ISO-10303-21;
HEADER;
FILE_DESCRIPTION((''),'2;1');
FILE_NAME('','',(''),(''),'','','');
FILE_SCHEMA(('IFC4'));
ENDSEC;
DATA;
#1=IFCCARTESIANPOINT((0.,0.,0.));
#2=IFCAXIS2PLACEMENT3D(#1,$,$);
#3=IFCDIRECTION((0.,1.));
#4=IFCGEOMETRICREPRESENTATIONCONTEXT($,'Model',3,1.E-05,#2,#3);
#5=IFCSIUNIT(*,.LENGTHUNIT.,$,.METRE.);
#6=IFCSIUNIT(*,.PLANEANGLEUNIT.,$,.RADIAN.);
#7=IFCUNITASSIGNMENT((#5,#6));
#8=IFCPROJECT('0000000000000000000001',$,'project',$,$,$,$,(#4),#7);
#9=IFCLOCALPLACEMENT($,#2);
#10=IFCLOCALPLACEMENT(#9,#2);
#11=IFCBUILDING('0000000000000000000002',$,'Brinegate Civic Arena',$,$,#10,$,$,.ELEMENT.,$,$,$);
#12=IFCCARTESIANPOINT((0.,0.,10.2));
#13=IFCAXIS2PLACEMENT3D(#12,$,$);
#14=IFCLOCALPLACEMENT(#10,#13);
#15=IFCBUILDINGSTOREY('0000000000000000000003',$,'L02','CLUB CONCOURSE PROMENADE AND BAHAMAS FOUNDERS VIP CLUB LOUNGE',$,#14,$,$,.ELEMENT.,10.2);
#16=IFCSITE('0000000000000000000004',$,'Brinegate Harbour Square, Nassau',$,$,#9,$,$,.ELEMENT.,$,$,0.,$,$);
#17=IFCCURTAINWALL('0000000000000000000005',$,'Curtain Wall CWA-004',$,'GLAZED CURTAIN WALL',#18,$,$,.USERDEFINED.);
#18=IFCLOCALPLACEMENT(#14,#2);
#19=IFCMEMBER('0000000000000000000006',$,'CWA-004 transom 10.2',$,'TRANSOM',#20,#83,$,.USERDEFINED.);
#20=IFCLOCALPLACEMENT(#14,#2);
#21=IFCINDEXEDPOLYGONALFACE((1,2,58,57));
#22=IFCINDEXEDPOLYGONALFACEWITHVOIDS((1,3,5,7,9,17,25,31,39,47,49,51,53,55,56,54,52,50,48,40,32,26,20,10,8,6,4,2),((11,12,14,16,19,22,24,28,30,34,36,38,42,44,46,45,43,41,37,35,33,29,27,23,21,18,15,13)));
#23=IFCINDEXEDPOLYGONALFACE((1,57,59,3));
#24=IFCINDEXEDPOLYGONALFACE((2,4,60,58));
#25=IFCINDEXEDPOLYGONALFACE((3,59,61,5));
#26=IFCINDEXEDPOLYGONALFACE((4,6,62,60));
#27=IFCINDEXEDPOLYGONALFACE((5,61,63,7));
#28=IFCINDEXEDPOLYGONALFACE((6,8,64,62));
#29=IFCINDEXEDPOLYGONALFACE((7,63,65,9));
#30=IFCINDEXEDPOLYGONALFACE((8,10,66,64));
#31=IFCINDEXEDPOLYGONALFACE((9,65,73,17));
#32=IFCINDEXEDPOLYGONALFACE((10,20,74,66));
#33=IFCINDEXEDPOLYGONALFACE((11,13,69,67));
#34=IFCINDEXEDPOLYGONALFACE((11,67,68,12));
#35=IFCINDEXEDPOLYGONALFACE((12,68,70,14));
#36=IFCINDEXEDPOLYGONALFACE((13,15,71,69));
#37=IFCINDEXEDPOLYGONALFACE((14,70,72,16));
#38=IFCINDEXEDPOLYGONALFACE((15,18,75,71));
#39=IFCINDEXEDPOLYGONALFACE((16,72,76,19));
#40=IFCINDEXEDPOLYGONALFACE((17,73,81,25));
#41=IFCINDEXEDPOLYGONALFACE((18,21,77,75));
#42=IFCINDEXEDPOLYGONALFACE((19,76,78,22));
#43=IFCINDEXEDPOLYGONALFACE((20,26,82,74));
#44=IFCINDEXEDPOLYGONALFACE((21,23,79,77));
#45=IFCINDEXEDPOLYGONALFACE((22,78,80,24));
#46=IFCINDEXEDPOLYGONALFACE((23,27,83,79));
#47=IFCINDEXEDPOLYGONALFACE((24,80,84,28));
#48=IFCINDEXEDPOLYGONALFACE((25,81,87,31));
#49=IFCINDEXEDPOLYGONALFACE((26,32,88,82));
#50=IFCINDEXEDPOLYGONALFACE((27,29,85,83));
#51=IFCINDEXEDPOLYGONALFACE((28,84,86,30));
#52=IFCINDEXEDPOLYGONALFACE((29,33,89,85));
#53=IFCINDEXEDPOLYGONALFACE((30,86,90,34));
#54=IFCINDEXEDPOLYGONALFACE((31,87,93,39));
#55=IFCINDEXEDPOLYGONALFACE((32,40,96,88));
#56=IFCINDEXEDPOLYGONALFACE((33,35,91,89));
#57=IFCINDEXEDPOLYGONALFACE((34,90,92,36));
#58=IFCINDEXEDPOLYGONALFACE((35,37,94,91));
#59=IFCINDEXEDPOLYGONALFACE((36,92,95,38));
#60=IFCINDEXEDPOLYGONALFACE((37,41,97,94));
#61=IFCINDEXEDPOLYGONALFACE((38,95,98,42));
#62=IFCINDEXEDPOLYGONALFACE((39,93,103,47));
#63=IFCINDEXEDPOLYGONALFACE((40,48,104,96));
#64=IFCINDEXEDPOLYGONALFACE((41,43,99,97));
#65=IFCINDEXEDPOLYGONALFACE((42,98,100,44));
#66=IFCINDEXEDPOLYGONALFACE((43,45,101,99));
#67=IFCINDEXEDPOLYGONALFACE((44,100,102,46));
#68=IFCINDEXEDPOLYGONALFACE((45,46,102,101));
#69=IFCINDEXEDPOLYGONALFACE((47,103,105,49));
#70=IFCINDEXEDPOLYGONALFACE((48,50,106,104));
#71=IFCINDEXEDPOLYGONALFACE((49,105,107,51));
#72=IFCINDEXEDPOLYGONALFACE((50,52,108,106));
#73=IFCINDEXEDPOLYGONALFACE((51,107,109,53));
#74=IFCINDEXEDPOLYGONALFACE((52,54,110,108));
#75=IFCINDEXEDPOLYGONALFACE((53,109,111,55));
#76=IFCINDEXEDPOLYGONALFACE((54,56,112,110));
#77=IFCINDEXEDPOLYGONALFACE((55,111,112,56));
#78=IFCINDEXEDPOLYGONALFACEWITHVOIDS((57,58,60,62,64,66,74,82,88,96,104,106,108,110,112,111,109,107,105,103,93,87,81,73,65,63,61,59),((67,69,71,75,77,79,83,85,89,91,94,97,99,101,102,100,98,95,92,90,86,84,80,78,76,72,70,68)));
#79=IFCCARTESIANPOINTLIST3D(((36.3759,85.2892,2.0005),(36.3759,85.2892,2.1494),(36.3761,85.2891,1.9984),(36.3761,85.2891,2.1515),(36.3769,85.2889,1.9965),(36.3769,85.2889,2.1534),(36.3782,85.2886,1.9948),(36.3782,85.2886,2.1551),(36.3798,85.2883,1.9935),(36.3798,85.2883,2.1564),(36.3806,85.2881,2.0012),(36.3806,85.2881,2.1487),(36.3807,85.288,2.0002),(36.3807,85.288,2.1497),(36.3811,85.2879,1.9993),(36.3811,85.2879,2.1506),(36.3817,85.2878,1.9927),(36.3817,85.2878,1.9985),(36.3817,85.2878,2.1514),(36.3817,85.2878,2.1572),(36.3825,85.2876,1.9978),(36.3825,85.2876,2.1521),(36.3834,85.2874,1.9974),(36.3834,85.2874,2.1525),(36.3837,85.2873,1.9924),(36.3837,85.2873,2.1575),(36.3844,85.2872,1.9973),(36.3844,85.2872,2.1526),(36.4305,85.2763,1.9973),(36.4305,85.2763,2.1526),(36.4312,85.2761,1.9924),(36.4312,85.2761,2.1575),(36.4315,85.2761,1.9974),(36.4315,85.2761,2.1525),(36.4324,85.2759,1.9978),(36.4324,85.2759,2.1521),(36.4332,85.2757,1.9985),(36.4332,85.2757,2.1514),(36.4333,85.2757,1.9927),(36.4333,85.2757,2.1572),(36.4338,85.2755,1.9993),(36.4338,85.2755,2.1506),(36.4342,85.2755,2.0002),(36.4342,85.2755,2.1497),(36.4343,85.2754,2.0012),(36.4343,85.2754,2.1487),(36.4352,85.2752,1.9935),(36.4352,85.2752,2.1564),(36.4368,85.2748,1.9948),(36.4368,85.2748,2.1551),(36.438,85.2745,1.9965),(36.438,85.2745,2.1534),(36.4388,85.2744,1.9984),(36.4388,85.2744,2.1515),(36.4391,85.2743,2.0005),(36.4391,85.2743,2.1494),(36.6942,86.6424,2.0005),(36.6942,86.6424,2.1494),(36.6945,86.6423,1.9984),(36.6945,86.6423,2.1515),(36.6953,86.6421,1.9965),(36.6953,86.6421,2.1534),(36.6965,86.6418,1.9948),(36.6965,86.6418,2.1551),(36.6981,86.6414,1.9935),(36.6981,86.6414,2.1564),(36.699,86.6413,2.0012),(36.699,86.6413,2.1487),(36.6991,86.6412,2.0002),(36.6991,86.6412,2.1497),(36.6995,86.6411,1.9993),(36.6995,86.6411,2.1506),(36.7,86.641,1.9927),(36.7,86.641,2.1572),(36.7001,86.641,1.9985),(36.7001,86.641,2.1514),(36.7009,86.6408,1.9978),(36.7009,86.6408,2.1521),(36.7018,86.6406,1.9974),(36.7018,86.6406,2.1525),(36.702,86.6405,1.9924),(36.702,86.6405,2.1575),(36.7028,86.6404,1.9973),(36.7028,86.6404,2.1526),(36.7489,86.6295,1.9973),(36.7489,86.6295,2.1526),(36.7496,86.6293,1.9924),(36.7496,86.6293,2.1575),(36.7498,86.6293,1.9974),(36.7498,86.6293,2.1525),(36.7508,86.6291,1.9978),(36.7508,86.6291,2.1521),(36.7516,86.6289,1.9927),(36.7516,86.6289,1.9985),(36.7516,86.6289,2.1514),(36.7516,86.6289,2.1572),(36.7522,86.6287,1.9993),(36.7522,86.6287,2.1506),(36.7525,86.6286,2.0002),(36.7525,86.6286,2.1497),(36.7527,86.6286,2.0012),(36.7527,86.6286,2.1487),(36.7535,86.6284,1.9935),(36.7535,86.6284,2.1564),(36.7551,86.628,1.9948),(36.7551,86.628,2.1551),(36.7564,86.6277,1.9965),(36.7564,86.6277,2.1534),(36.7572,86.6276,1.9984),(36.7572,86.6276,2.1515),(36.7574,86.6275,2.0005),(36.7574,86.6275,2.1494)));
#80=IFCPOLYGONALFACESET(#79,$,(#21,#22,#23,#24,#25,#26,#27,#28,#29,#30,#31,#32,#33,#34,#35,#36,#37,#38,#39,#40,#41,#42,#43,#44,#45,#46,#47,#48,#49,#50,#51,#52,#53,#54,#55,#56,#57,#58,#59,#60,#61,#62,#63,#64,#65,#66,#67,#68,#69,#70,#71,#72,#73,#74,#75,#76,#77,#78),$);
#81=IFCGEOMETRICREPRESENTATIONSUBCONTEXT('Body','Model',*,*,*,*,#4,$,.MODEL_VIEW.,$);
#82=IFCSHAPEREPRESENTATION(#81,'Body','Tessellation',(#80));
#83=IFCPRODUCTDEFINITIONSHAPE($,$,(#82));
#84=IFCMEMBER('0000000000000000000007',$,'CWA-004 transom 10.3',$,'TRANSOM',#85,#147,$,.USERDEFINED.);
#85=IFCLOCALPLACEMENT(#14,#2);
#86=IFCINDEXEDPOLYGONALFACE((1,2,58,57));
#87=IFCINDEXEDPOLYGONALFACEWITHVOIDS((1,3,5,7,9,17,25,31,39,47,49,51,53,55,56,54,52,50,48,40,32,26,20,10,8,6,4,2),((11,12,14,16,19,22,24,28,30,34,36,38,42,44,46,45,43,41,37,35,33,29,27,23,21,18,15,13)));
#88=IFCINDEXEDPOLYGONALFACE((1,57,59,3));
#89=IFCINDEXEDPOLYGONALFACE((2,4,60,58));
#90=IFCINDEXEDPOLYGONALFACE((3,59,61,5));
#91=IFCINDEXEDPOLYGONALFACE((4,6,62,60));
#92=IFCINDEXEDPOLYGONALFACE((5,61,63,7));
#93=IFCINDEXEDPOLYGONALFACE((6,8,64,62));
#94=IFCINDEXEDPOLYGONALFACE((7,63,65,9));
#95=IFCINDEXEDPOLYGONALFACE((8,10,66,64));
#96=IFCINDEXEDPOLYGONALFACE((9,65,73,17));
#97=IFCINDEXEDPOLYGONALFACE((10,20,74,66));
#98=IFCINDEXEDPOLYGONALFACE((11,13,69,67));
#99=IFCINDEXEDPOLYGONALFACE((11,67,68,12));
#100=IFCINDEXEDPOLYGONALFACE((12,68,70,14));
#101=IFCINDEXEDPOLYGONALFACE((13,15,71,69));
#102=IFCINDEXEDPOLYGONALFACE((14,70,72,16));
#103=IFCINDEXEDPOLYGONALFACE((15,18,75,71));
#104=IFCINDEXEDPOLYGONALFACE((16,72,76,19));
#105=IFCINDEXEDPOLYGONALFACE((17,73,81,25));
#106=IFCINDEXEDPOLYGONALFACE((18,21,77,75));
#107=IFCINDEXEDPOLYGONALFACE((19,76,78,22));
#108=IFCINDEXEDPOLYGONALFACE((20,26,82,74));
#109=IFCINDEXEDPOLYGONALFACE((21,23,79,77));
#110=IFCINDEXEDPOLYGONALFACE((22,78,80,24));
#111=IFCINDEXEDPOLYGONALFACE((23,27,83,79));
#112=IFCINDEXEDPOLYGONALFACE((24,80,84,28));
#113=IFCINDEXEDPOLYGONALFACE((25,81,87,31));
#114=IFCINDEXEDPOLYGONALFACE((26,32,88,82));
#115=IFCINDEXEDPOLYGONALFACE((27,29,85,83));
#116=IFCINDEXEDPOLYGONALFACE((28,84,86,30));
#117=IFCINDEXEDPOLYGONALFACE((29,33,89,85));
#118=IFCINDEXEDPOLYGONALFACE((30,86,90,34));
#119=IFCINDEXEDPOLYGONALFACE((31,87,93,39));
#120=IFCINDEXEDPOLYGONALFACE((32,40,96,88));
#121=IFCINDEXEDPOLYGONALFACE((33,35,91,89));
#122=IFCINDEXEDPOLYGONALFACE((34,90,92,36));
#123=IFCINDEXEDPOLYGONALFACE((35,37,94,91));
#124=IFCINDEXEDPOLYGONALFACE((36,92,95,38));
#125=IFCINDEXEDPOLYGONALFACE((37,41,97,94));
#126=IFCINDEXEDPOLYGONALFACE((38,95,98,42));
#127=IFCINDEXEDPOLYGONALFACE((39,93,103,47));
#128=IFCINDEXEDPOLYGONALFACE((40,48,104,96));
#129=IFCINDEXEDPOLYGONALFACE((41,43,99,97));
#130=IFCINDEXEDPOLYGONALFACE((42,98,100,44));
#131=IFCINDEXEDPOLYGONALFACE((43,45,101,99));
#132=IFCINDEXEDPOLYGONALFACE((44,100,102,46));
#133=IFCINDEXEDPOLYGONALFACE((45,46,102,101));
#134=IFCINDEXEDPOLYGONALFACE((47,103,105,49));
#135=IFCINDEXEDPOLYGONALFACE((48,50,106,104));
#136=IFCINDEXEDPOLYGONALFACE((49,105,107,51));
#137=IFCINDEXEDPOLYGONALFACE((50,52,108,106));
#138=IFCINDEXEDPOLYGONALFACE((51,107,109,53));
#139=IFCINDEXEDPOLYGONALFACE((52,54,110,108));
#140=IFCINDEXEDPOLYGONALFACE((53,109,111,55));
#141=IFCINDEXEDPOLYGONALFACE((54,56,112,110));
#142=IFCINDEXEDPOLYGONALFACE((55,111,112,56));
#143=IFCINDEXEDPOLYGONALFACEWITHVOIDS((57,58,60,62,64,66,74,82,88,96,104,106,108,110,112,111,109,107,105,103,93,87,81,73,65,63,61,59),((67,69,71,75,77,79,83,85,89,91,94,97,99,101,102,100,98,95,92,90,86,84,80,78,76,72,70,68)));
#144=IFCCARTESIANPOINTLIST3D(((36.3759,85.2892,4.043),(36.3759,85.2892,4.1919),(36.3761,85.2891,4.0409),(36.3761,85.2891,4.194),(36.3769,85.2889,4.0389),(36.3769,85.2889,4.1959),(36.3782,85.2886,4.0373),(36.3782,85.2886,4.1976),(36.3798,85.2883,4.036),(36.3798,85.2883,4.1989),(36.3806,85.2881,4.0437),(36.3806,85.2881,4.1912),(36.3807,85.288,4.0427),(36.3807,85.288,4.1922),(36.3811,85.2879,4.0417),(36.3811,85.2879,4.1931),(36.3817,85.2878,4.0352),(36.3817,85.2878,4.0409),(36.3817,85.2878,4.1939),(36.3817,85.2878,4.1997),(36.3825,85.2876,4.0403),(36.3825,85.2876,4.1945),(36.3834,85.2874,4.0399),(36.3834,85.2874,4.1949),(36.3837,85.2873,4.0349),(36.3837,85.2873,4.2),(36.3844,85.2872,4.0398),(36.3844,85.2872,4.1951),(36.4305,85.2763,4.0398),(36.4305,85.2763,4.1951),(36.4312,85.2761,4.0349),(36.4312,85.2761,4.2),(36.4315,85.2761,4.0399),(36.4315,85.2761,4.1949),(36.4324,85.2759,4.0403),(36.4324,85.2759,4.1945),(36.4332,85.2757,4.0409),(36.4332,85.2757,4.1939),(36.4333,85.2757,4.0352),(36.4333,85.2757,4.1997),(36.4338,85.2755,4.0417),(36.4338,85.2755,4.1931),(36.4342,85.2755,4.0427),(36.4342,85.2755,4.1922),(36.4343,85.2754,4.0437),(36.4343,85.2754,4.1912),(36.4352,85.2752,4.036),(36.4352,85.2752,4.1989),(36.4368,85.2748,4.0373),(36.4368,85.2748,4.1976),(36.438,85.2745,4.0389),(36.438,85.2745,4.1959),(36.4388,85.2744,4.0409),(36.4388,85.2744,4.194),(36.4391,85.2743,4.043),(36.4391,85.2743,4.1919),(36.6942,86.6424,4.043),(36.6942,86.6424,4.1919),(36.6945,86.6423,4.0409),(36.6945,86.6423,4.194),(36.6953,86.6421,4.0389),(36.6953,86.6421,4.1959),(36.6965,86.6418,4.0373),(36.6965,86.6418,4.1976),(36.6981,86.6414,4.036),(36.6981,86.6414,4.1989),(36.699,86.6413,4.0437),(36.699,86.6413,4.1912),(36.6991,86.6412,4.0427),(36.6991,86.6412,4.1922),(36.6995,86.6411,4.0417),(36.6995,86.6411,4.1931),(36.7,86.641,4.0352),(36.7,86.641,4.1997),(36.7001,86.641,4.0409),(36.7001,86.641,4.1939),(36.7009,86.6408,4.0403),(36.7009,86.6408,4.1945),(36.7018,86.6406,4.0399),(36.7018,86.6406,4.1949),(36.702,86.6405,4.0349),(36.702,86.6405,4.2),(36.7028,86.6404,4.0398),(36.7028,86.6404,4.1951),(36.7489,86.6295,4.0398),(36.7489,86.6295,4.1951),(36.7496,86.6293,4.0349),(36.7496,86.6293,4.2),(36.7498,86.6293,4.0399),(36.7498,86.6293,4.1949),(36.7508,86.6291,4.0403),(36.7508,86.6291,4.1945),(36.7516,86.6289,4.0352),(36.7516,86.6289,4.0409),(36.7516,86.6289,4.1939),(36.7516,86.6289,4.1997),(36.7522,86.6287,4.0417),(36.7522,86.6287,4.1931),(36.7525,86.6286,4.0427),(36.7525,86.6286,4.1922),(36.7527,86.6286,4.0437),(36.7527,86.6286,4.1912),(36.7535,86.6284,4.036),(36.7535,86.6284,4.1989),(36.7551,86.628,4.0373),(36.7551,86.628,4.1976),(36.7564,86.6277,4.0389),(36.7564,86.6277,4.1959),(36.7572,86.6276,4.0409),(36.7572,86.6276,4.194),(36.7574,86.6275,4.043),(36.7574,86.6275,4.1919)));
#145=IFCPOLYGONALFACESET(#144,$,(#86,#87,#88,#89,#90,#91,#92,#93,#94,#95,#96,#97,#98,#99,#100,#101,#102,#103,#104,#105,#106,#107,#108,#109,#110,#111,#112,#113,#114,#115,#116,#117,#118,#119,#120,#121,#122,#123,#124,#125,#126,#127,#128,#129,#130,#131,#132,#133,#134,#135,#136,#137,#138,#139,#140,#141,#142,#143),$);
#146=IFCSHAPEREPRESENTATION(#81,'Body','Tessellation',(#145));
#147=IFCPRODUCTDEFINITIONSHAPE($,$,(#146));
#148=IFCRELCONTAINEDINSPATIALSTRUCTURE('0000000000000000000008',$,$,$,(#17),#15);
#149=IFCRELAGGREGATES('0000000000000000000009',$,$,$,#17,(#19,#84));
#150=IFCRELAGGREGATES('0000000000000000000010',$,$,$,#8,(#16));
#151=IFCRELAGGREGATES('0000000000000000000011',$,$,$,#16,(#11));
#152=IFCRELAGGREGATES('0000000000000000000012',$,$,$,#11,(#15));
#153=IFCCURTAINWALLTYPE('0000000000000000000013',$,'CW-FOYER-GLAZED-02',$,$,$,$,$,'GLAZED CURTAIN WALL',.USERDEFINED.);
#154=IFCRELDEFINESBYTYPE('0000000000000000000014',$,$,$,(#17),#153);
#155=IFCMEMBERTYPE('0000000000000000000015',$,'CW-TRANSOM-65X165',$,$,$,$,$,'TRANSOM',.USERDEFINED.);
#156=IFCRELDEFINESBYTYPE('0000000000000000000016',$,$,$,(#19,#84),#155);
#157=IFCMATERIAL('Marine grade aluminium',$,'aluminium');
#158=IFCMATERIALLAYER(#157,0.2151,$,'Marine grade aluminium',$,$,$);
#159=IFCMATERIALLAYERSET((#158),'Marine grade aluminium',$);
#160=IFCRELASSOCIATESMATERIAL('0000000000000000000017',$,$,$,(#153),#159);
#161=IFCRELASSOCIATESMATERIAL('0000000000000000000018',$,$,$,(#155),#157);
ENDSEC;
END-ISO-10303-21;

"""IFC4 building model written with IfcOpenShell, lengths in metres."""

from ifc_helpers import new_model, si_unit, direction, frame, origin, origin_2d, place, context, subcontext, project, spatial, hollow_rectangle, extrude, material, layer, layer_set, material_profile, profile_set, type_object, element, aggregate, save


model = new_model("IFC4")

# Units and contexts
model_context = context("Model", 3, precision=1e-05, world=origin(), true_north=direction((0.0, 1.0)))
body_context = subcontext(model_context, "Body", "Model", "MODEL_VIEW")
ifc_project = project(units=[si_unit("LENGTHUNIT", "METRE"), si_unit("PLANEANGLEUNIT", "RADIAN")], contexts=[model_context])

# Site, building, storey
site_placement = place(None, origin())
site = spatial("IfcSite", under=ifc_project, at=site_placement, Name="Brinegate Harbour Square, Nassau", CompositionType="ELEMENT", RefElevation=0.0)
building_placement = place(site_placement, origin())
building = spatial("IfcBuilding", under=site, at=building_placement, Name="Brinegate Civic Arena", CompositionType="ELEMENT")
storey_placement = place(building_placement, frame((0.0, 0.0, 10.2)))
storey = spatial("IfcBuildingStorey", under=building, at=storey_placement, Name="L02", Description="CLUB CONCOURSE PROMENADE AND BAHAMAS FOUNDERS VIP CLUB LOUNGE", CompositionType="ELEMENT", Elevation=10.2)

# Curtain wall
ifc_material_1 = material(Name="Marine grade aluminium", Category="aluminium")
ifc_layer_1 = layer(ifc_material_1, 0.2151, Name="Marine grade aluminium")
ifc_layer_set_1 = layer_set([ifc_layer_1], Name="Marine grade aluminium")
curtain_wall_type_1 = type_object("IfcCurtainWallType", Name="CW-FOYER-GLAZED-02", ElementType="GLAZED CURTAIN WALL", PredefinedType="USERDEFINED", material=ifc_layer_set_1)
curtain_wall_1_placement = place(storey_placement, origin())
curtain_wall_1 = element("IfcCurtainWall", 1, at=curtain_wall_1_placement, inside=storey, type_object=curtain_wall_type_1, Name="Curtain Wall CWA-004", ObjectType="GLAZED CURTAIN WALL", PredefinedType="USERDEFINED")

# Members
ifc_material_profile_1 = material_profile(ifc_material_1, hollow_rectangle(XDim=0.0649, YDim=0.165, WallThickness=0.0049, InnerFilletRadius=0.0039, OuterFilletRadius=0.0081, at=origin_2d()), Name="TRN65X165")
ifc_profile_set_1 = profile_set([ifc_material_profile_1], Name="Marine grade aluminium")
member_type_1 = type_object("IfcMemberType", Name="CW-TRANSOM-65X165", ElementType="TRANSOM", PredefinedType="USERDEFINED", material=ifc_profile_set_1)
member_1_placement = place(storey_placement, frame((36.4075, 85.2817, 2.075), z_axis=(0.229, 0.973426, 0.0), x_axis=(-0.973426, 0.229, 0.0)))
member_1 = element("IfcMember", 2, at=member_1_placement, type_object=member_type_1, Name="CWA-004 transom 10.2", ObjectType="TRANSOM", PredefinedType="USERDEFINED", context=body_context, shape_type="SweptSolid", body=[
    extrude(hollow_rectangle(XDim=0.0649, YDim=0.165, WallThickness=0.0049, InnerFilletRadius=0.0039, OuterFilletRadius=0.0081, at=origin_2d()), origin(), (0.0, 0.0, 1.0), 1.3901),
])
member_2_placement = place(storey_placement, frame((36.4075, 85.2817, 4.1174), z_axis=(0.229, 0.973426, 0.0), x_axis=(-0.973426, 0.229, 0.0)))
member_2 = element("IfcMember", 3, at=member_2_placement, type_object=member_type_1, Name="CWA-004 transom 10.3", ObjectType="TRANSOM", PredefinedType="USERDEFINED", context=body_context, shape_type="SweptSolid", body=[
    extrude(hollow_rectangle(XDim=0.0649, YDim=0.165, WallThickness=0.0049, InnerFilletRadius=0.0039, OuterFilletRadius=0.0081, at=origin_2d()), origin(), (0.0, 0.0, 1.0), 1.3901),
])

aggregate(curtain_wall_1, [member_1, member_2])

save(model, "model.ifc")
